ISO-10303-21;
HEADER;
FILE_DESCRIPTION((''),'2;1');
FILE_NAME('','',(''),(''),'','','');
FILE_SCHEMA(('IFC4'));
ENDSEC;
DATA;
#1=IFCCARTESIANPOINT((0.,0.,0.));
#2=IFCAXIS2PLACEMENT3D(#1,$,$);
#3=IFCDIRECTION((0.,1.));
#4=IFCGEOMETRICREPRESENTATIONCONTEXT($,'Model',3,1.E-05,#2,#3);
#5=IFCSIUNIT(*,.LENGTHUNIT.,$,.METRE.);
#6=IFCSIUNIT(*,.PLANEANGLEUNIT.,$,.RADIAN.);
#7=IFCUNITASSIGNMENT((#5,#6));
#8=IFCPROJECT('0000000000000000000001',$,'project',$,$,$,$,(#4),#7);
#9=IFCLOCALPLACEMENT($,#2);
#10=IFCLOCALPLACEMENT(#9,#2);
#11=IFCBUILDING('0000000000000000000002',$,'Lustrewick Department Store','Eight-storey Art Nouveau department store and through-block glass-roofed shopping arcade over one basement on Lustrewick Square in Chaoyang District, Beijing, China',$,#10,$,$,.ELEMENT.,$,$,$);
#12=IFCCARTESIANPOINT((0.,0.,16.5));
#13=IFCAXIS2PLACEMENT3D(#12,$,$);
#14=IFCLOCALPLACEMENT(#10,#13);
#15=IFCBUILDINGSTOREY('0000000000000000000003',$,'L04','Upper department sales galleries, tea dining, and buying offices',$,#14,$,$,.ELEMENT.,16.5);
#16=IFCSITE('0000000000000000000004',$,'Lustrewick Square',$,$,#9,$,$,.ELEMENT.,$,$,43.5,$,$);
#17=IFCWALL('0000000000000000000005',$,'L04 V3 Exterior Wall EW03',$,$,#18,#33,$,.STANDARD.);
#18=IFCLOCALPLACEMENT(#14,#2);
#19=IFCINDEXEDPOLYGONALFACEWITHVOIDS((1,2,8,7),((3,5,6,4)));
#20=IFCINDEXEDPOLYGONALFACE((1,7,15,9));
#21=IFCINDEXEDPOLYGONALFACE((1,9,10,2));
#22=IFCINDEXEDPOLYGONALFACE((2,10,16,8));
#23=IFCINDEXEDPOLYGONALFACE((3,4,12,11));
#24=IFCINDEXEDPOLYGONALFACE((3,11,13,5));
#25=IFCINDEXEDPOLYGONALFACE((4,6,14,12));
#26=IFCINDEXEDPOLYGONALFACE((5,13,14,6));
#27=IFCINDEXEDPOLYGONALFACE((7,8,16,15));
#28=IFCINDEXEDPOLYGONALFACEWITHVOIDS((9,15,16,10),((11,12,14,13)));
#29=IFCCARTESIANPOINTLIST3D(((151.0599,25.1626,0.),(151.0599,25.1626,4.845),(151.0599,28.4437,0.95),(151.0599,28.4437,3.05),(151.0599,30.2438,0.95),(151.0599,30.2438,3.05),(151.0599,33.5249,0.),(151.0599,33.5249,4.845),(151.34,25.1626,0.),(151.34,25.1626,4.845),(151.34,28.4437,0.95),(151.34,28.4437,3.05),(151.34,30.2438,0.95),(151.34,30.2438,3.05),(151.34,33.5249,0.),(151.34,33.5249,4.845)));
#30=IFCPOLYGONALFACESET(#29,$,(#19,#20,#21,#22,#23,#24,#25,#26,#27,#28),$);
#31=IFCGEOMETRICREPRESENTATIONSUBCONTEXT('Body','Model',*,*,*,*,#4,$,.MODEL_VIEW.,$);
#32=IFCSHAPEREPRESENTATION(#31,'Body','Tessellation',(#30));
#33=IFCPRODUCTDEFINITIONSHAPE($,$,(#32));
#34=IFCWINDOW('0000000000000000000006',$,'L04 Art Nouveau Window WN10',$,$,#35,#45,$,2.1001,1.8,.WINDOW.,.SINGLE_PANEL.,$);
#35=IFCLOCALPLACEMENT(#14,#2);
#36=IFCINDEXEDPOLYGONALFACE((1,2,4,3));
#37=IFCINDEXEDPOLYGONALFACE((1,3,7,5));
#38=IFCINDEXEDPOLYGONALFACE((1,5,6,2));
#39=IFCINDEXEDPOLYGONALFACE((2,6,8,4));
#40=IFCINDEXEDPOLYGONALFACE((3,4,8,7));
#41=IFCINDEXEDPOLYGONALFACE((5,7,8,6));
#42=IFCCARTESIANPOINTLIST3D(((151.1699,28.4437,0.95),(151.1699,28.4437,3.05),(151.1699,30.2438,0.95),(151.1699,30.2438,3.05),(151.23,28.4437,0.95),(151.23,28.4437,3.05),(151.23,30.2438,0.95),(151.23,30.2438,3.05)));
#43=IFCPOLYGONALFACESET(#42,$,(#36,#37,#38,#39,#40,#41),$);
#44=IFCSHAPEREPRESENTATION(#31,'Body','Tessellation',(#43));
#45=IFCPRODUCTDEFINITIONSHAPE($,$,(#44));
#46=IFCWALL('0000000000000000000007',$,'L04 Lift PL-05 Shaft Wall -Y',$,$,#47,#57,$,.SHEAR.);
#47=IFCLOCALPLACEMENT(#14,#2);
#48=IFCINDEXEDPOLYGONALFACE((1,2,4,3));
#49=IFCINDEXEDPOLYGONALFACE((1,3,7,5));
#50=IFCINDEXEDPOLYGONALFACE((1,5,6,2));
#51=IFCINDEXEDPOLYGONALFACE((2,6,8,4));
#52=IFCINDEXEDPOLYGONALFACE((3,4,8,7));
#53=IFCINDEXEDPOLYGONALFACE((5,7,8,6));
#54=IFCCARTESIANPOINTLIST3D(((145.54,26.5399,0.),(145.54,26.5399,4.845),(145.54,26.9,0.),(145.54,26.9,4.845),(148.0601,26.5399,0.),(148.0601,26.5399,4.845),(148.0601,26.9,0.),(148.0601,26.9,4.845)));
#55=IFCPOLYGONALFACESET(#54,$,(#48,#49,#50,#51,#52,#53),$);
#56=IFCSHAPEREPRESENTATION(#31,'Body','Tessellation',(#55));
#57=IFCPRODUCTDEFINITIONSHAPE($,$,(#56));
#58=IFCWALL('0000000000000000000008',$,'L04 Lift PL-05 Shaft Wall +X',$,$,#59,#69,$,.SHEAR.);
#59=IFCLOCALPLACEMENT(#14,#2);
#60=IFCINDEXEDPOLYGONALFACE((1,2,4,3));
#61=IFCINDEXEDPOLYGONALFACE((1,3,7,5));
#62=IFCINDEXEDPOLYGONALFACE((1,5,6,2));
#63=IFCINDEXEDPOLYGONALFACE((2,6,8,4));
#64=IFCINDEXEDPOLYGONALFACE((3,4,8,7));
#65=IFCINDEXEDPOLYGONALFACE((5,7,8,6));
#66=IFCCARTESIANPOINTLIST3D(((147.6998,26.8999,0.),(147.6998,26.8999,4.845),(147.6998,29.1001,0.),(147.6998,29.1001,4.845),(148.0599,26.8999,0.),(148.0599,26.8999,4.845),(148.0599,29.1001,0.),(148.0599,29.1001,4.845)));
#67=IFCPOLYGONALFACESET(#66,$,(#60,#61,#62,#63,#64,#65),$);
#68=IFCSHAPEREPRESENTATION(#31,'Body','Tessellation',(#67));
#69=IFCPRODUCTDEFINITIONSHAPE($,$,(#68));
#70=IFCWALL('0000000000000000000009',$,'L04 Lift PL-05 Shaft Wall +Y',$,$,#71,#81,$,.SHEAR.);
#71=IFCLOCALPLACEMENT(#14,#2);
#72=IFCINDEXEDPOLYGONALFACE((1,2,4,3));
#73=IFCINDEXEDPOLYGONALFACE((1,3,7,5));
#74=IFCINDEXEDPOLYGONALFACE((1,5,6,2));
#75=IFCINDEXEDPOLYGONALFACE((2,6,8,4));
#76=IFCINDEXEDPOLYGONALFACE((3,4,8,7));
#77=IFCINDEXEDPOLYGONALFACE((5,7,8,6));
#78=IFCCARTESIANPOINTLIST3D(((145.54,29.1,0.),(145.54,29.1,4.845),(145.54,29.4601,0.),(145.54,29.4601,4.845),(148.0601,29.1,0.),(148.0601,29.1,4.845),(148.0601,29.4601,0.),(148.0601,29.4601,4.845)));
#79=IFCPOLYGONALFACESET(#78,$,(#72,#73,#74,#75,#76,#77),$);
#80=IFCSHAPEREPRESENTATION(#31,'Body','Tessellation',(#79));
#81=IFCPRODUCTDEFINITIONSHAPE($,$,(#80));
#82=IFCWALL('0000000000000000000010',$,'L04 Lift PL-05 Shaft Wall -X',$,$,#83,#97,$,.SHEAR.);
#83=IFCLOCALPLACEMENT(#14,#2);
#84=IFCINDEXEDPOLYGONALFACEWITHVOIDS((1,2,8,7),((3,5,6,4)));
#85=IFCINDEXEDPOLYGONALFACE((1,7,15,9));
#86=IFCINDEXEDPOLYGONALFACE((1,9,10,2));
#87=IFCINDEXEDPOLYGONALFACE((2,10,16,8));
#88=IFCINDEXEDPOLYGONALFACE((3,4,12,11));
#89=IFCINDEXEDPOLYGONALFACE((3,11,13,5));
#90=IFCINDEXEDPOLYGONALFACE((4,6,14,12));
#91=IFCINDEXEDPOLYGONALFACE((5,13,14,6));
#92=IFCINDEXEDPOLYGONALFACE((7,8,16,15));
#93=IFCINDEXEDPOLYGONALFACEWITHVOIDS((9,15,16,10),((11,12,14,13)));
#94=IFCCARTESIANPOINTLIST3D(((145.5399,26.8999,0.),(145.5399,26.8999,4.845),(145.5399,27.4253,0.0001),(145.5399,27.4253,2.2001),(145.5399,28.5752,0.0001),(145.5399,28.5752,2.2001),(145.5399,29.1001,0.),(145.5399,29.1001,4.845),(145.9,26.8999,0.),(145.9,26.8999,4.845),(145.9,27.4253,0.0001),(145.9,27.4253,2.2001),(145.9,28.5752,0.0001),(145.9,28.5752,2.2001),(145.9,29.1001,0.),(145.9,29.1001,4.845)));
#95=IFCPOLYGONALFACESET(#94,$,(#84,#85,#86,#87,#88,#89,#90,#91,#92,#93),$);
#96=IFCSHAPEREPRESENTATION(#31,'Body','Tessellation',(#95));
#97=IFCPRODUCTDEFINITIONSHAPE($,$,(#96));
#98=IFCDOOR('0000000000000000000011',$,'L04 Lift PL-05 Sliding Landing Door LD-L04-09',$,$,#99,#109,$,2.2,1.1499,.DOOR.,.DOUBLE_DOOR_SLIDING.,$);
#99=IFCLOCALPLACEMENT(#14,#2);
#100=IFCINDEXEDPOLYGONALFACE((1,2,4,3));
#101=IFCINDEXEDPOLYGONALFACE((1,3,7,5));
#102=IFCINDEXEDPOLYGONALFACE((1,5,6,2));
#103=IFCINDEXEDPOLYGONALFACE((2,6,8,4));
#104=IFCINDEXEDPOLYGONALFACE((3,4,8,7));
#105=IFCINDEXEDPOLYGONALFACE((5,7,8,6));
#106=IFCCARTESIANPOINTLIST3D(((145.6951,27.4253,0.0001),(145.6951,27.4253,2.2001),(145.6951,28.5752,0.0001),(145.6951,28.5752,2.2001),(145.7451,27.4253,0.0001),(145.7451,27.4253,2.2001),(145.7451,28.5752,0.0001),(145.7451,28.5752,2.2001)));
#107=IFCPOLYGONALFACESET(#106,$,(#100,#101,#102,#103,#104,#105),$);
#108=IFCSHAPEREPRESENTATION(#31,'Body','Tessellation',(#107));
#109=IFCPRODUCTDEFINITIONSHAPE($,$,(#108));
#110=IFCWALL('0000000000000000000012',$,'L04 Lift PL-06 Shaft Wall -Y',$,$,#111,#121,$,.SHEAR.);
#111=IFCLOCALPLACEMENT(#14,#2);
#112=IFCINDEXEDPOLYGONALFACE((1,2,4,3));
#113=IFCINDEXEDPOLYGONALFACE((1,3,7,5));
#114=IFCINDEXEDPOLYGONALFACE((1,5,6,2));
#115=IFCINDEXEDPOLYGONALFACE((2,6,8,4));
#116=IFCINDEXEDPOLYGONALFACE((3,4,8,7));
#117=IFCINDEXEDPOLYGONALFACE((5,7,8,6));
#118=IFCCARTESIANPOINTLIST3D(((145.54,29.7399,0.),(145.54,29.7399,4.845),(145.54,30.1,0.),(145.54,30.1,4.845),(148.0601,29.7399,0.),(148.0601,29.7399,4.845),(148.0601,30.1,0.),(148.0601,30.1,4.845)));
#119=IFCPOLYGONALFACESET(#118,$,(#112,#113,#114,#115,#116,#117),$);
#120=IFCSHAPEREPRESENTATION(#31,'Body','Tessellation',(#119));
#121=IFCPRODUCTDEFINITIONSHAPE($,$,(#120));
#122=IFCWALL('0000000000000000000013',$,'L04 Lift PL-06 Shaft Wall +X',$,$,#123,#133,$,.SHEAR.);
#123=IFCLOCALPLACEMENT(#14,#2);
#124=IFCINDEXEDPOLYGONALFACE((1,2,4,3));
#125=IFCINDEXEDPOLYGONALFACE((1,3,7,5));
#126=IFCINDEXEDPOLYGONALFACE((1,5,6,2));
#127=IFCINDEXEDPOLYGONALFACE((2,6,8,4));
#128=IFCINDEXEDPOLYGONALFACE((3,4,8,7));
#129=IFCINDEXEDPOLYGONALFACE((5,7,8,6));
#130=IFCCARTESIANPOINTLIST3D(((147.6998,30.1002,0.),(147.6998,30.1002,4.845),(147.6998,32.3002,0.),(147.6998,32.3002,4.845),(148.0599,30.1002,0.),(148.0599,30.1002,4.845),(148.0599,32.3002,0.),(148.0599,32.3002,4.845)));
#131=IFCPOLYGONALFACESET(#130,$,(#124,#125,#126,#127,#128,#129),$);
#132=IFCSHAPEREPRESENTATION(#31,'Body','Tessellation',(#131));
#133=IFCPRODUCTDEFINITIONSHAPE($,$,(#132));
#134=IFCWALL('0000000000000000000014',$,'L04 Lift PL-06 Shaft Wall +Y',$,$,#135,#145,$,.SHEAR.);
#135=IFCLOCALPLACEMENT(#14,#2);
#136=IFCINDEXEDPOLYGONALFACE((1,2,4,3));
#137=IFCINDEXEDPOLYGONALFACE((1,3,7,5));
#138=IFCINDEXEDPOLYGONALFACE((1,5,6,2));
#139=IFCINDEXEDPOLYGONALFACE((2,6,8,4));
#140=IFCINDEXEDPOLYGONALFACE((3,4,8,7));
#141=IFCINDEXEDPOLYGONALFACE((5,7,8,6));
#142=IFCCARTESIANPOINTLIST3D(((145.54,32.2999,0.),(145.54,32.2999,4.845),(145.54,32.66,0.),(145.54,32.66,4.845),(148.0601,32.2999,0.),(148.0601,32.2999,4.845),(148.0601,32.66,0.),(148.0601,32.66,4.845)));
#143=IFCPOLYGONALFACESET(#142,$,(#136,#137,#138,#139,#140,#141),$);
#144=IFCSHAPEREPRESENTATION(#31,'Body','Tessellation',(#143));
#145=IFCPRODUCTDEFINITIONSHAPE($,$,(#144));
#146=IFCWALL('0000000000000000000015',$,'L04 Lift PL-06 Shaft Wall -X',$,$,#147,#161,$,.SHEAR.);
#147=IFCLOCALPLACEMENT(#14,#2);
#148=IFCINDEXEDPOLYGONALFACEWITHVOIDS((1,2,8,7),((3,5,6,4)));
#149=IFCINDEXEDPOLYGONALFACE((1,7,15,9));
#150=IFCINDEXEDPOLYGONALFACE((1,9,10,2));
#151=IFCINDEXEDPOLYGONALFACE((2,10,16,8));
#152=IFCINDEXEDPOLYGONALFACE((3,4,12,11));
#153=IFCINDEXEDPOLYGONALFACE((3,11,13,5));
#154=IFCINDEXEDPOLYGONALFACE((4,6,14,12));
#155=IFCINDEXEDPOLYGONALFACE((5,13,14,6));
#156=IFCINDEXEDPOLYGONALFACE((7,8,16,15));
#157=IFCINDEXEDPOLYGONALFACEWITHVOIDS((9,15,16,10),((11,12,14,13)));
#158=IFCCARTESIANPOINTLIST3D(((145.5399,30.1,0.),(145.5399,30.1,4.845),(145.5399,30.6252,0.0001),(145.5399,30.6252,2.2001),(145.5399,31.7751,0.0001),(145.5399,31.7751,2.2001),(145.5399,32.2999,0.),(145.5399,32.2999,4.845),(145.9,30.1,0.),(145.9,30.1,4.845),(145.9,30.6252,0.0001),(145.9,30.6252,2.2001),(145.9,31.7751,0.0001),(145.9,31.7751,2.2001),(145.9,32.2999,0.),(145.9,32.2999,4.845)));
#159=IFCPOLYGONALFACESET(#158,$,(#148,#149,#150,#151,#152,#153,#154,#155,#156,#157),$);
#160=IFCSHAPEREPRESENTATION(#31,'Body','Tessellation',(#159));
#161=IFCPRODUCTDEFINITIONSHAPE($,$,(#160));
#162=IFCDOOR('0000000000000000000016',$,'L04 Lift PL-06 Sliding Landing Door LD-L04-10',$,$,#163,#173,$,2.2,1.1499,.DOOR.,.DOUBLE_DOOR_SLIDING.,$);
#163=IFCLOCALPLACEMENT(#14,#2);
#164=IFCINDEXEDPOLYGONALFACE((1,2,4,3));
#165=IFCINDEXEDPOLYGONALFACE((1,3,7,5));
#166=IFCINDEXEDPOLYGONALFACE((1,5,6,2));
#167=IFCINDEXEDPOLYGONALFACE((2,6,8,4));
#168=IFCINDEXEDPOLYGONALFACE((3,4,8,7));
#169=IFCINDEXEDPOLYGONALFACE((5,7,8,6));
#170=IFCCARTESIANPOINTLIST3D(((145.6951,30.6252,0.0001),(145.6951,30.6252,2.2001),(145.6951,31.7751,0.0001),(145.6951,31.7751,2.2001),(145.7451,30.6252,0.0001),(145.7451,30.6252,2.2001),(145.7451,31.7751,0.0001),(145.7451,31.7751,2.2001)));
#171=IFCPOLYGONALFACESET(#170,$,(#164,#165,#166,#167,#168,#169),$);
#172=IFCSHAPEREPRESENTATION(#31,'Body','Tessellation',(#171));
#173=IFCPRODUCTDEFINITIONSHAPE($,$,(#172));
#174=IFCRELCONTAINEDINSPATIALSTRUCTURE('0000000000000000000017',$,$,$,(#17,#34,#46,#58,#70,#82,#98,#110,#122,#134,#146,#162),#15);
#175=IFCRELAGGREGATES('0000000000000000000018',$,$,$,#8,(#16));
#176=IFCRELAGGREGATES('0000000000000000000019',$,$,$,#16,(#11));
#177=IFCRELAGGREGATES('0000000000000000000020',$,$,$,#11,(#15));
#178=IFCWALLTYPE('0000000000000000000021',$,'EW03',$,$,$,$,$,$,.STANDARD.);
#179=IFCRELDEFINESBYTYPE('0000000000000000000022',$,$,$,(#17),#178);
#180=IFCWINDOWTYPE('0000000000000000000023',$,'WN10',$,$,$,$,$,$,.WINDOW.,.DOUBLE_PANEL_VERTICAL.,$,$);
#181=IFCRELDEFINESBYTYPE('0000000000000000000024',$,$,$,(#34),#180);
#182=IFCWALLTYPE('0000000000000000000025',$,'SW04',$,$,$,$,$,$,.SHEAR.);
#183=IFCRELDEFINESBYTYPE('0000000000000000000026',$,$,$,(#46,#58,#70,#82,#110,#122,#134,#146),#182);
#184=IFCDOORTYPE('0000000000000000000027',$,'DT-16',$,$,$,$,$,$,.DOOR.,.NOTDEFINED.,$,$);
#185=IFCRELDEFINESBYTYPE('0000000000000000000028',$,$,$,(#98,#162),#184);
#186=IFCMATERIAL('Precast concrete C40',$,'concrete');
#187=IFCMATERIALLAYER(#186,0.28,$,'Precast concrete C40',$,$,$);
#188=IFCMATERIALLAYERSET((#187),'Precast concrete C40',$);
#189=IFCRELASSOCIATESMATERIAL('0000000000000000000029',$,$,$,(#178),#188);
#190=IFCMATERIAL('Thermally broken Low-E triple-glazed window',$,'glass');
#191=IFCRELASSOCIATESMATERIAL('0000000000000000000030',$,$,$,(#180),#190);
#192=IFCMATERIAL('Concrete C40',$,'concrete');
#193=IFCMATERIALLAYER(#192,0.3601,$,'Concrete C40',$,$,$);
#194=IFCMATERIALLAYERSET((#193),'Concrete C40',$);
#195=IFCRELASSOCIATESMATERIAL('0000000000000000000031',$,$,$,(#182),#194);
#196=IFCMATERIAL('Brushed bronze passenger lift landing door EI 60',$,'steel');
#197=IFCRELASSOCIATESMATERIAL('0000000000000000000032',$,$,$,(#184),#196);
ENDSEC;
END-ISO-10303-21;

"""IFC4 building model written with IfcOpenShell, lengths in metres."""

from ifc_helpers import new_model, si_unit, direction, frame, frame_2d, origin, place, context, subcontext, project, spatial, rectangle, extrude, material, layer, layer_set, type_object, element, fill, save


model = new_model("IFC4")

# Units and contexts
model_context = context("Model", 3, precision=1e-05, world=origin(), true_north=direction((0.0, 1.0)))
body_context = subcontext(model_context, "Body", "Model", "MODEL_VIEW")
ifc_project = project(units=[si_unit("LENGTHUNIT", "METRE"), si_unit("PLANEANGLEUNIT", "RADIAN")], contexts=[model_context])

# Site, building, storey
site_placement = place(None, origin())
site = spatial("IfcSite", under=ifc_project, at=site_placement, Name="Lustrewick Square", CompositionType="ELEMENT", RefElevation=43.5)
building_placement = place(site_placement, origin())
building = spatial("IfcBuilding", under=site, at=building_placement, Name="Lustrewick Department Store", Description="Eight-storey Art Nouveau department store and through-block glass-roofed shopping arcade over one basement on Lustrewick Square in Chaoyang District, Beijing, China", CompositionType="ELEMENT")
storey_placement = place(building_placement, frame((0.0, 0.0, 16.5)))
storey = spatial("IfcBuildingStorey", under=building, at=storey_placement, Name="L04", Description="Upper department sales galleries, tea dining, and buying offices", CompositionType="ELEMENT", Elevation=16.5)

# Wall, opening, window
ifc_material_1 = material(Name="Precast concrete C40", Category="concrete")
ifc_material_2 = material(Name="Thermally broken Low-E triple-glazed window", Category="glass")
ifc_layer_1 = layer(ifc_material_1, 0.28, Name="Precast concrete C40")
ifc_layer_set_1 = layer_set([ifc_layer_1], Name="Precast concrete C40")
wall_type_1 = type_object("IfcWallType", Name="EW03", PredefinedType="STANDARD", material=ifc_layer_set_1)
wall_1_placement = place(storey_placement, frame((151.2, 25.1626, 0.0), z_axis=(0.0, 0.0, 1.0), x_axis=(0.0, 1.0, 0.0)))
wall_1 = element("IfcWall", 1, at=wall_1_placement, inside=storey, type_object=wall_type_1, Name="L04 V3 Exterior Wall EW03", PredefinedType="STANDARD", context=body_context, shape_type="SweptSolid", body=[
    extrude(rectangle(XDim=8.3623, YDim=0.28, at=frame_2d((4.1812, 0.0))), origin(), (0.0, 0.0, 1.0), 4.845),
])
opening_1_placement = place(wall_1_placement, frame((3.2812, 0.0, 0.95)))
opening_1 = element("IfcOpeningElement", 2, at=opening_1_placement, cuts=wall_1, PredefinedType="OPENING", context=body_context, shape_type="SweptSolid", body=[
    extrude(rectangle(XDim=1.8, YDim=2.1001, at=frame_2d((0.8999, 1.05))), frame((0.0, 0.1499, 0.0), z_axis=(0.0, -1.0, 0.0), x_axis=(1.0, 0.0, 0.0)), (0.0, 0.0, 1.0), 0.3),
])
window_type_1 = type_object("IfcWindowType", Name="WN10", PartitioningType="DOUBLE_PANEL_VERTICAL", PredefinedType="WINDOW", material=ifc_material_2)
window_1_placement = place(opening_1_placement, origin())
window_1 = element("IfcWindow", 3, at=window_1_placement, inside=storey, type_object=window_type_1, Name="L04 Art Nouveau Window WN10", OverallHeight=2.1001, OverallWidth=1.8, PartitioningType="SINGLE_PANEL", PredefinedType="WINDOW", context=body_context, shape_type="SweptSolid", body=[
    extrude(rectangle(XDim=1.8, YDim=2.1001, at=frame_2d((0.8999, 1.05))), frame((0.0, 0.03, 0.0), z_axis=(0.0, -1.0, 0.0), x_axis=(1.0, 0.0, 0.0)), (0.0, 0.0, 1.0), 0.0601),
])
fill(opening_1, window_1)

# Walls
ifc_material_3 = material(Name="Concrete C40", Category="concrete")
ifc_layer_2 = layer(ifc_material_3, 0.3601, Name="Concrete C40")
ifc_layer_set_2 = layer_set([ifc_layer_2], Name="Concrete C40")
wall_type_2 = type_object("IfcWallType", Name="SW04", PredefinedType="SHEAR", material=ifc_layer_set_2)
wall_2_placement = place(storey_placement, frame((145.54, 26.72, 0.0), z_axis=(0.0, 0.0, 1.0), x_axis=(1.0, 0.0, 0.0)))
element("IfcWall", 4, at=wall_2_placement, inside=storey, type_object=wall_type_2, Name="L04 Lift PL-05 Shaft Wall -Y", PredefinedType="SHEAR", context=body_context, shape_type="SweptSolid", body=[
    extrude(rectangle(XDim=2.52, YDim=0.3601, at=frame_2d((1.26, 0.0))), origin(), (0.0, 0.0, 1.0), 4.845),
])
wall_3_placement = place(storey_placement, frame((147.8799, 26.8999, 0.0), z_axis=(0.0, 0.0, 1.0), x_axis=(0.0, 1.0, 0.0)))
element("IfcWall", 5, at=wall_3_placement, inside=storey, type_object=wall_type_2, Name="L04 Lift PL-05 Shaft Wall +X", PredefinedType="SHEAR", context=body_context, shape_type="SweptSolid", body=[
    extrude(rectangle(XDim=2.2002, YDim=0.3601, at=frame_2d((1.1001, 0.0))), origin(), (0.0, 0.0, 1.0), 4.845),
])
wall_4_placement = place(storey_placement, frame((148.0601, 29.28, 0.0), z_axis=(0.0, 0.0, 1.0), x_axis=(-1.0, 0.0, 0.0)))
element("IfcWall", 6, at=wall_4_placement, inside=storey, type_object=wall_type_2, Name="L04 Lift PL-05 Shaft Wall +Y", PredefinedType="SHEAR", context=body_context, shape_type="SweptSolid", body=[
    extrude(rectangle(XDim=2.52, YDim=0.3601, at=frame_2d((1.26, 0.0))), origin(), (0.0, 0.0, 1.0), 4.845),
])

# Wall, opening, door
wall_5_placement = place(storey_placement, frame((145.72, 29.1001, 0.0), z_axis=(0.0, 0.0, 1.0), x_axis=(0.0, -1.0, 0.0)))
wall_5 = element("IfcWall", 7, at=wall_5_placement, inside=storey, type_object=wall_type_2, Name="L04 Lift PL-05 Shaft Wall -X", PredefinedType="SHEAR", context=body_context, shape_type="SweptSolid", body=[
    extrude(rectangle(XDim=2.2002, YDim=0.3601, at=frame_2d((1.1001, 0.0))), origin(), (0.0, 0.0, 1.0), 4.845),
])
opening_2_placement = place(wall_5_placement, frame((0.5249, 0.0, 0.0)))
opening_2 = element("IfcOpeningElement", 8, at=opening_2_placement, cuts=wall_5, PredefinedType="OPENING", context=body_context, shape_type="SweptSolid", body=[
    extrude(rectangle(XDim=1.1499, YDim=2.2, at=frame_2d((0.575, 1.1001))), frame((0.0, 0.1899, 0.0), z_axis=(0.0, -1.0, 0.0), x_axis=(1.0, 0.0, 0.0)), (0.0, 0.0, 1.0), 0.3801),
])
ifc_material_4 = material(Name="Brushed bronze passenger lift landing door EI 60", Category="steel")
door_type = type_object("IfcDoorType", Name="DT-16", OperationType="NOTDEFINED", PredefinedType="DOOR", material=ifc_material_4)
door_1_placement = place(opening_2_placement, frame((1.1499, 0.0, 0.0), z_axis=(0.0, 0.0, 1.0), x_axis=(-1.0, 0.0, 0.0)))
door_1 = element("IfcDoor", 9, at=door_1_placement, inside=storey, type_object=door_type, Name="L04 Lift PL-05 Sliding Landing Door LD-L04-09", OperationType="DOUBLE_DOOR_SLIDING", OverallHeight=2.2, OverallWidth=1.1499, PredefinedType="DOOR", context=body_context, shape_type="SweptSolid", body=[
    extrude(rectangle(XDim=1.1499, YDim=2.2, at=frame_2d((0.575, 1.1001))), frame((0.0, 0.0249, 0.0), z_axis=(0.0, -1.0, 0.0), x_axis=(1.0, 0.0, 0.0)), (0.0, 0.0, 1.0), 0.05),
])
fill(opening_2, door_1)

# Walls
wall_6_placement = place(storey_placement, frame((145.54, 29.9199, 0.0), z_axis=(0.0, 0.0, 1.0), x_axis=(1.0, 0.0, 0.0)))
element("IfcWall", 10, at=wall_6_placement, inside=storey, type_object=wall_type_2, Name="L04 Lift PL-06 Shaft Wall -Y", PredefinedType="SHEAR", context=body_context, shape_type="SweptSolid", body=[
    extrude(rectangle(XDim=2.52, YDim=0.3601, at=frame_2d((1.26, 0.0))), origin(), (0.0, 0.0, 1.0), 4.845),
])
wall_7_placement = place(storey_placement, frame((147.8799, 30.1001, 0.0), z_axis=(0.0, 0.0, 1.0), x_axis=(0.0, 1.0, 0.0)))
element("IfcWall", 11, at=wall_7_placement, inside=storey, type_object=wall_type_2, Name="L04 Lift PL-06 Shaft Wall +X", PredefinedType="SHEAR", context=body_context, shape_type="SweptSolid", body=[
    extrude(rectangle(XDim=2.2, YDim=0.3601, at=frame_2d((1.1001, 0.0))), origin(), (0.0, 0.0, 1.0), 4.845),
])
wall_8_placement = place(storey_placement, frame((148.0601, 32.48, 0.0), z_axis=(0.0, 0.0, 1.0), x_axis=(-1.0, 0.0, 0.0)))
element("IfcWall", 12, at=wall_8_placement, inside=storey, type_object=wall_type_2, Name="L04 Lift PL-06 Shaft Wall +Y", PredefinedType="SHEAR", context=body_context, shape_type="SweptSolid", body=[
    extrude(rectangle(XDim=2.52, YDim=0.3601, at=frame_2d((1.26, 0.0))), origin(), (0.0, 0.0, 1.0), 4.845),
])

# Wall, opening, door
wall_9_placement = place(storey_placement, frame((145.72, 32.3, 0.0), z_axis=(0.0, 0.0, 1.0), x_axis=(0.0, -1.0, 0.0)))
wall_9 = element("IfcWall", 13, at=wall_9_placement, inside=storey, type_object=wall_type_2, Name="L04 Lift PL-06 Shaft Wall -X", PredefinedType="SHEAR", context=body_context, shape_type="SweptSolid", body=[
    extrude(rectangle(XDim=2.2, YDim=0.3601, at=frame_2d((1.1001, 0.0))), origin(), (0.0, 0.0, 1.0), 4.845),
])
opening_3_placement = place(wall_9_placement, frame((0.5249, 0.0, 0.0)))
opening_3 = element("IfcOpeningElement", 14, at=opening_3_placement, cuts=wall_9, PredefinedType="OPENING", context=body_context, shape_type="SweptSolid", body=[
    extrude(rectangle(XDim=1.1499, YDim=2.2, at=frame_2d((0.575, 1.1001))), frame((0.0, 0.1899, 0.0), z_axis=(0.0, -1.0, 0.0), x_axis=(1.0, 0.0, 0.0)), (0.0, 0.0, 1.0), 0.3801),
])
door_2_placement = place(opening_3_placement, frame((1.1499, 0.0, 0.0), z_axis=(0.0, 0.0, 1.0), x_axis=(-1.0, 0.0, 0.0)))
door_2 = element("IfcDoor", 15, at=door_2_placement, inside=storey, type_object=door_type, Name="L04 Lift PL-06 Sliding Landing Door LD-L04-10", OperationType="DOUBLE_DOOR_SLIDING", OverallHeight=2.2, OverallWidth=1.1499, PredefinedType="DOOR", context=body_context, shape_type="SweptSolid", body=[
    extrude(rectangle(XDim=1.1499, YDim=2.2, at=frame_2d((0.575, 1.1001))), frame((0.0, 0.0249, 0.0), z_axis=(0.0, -1.0, 0.0), x_axis=(1.0, 0.0, 0.0)), (0.0, 0.0, 1.0), 0.05),
])
fill(opening_3, door_2)

save(model, "model.ifc")
